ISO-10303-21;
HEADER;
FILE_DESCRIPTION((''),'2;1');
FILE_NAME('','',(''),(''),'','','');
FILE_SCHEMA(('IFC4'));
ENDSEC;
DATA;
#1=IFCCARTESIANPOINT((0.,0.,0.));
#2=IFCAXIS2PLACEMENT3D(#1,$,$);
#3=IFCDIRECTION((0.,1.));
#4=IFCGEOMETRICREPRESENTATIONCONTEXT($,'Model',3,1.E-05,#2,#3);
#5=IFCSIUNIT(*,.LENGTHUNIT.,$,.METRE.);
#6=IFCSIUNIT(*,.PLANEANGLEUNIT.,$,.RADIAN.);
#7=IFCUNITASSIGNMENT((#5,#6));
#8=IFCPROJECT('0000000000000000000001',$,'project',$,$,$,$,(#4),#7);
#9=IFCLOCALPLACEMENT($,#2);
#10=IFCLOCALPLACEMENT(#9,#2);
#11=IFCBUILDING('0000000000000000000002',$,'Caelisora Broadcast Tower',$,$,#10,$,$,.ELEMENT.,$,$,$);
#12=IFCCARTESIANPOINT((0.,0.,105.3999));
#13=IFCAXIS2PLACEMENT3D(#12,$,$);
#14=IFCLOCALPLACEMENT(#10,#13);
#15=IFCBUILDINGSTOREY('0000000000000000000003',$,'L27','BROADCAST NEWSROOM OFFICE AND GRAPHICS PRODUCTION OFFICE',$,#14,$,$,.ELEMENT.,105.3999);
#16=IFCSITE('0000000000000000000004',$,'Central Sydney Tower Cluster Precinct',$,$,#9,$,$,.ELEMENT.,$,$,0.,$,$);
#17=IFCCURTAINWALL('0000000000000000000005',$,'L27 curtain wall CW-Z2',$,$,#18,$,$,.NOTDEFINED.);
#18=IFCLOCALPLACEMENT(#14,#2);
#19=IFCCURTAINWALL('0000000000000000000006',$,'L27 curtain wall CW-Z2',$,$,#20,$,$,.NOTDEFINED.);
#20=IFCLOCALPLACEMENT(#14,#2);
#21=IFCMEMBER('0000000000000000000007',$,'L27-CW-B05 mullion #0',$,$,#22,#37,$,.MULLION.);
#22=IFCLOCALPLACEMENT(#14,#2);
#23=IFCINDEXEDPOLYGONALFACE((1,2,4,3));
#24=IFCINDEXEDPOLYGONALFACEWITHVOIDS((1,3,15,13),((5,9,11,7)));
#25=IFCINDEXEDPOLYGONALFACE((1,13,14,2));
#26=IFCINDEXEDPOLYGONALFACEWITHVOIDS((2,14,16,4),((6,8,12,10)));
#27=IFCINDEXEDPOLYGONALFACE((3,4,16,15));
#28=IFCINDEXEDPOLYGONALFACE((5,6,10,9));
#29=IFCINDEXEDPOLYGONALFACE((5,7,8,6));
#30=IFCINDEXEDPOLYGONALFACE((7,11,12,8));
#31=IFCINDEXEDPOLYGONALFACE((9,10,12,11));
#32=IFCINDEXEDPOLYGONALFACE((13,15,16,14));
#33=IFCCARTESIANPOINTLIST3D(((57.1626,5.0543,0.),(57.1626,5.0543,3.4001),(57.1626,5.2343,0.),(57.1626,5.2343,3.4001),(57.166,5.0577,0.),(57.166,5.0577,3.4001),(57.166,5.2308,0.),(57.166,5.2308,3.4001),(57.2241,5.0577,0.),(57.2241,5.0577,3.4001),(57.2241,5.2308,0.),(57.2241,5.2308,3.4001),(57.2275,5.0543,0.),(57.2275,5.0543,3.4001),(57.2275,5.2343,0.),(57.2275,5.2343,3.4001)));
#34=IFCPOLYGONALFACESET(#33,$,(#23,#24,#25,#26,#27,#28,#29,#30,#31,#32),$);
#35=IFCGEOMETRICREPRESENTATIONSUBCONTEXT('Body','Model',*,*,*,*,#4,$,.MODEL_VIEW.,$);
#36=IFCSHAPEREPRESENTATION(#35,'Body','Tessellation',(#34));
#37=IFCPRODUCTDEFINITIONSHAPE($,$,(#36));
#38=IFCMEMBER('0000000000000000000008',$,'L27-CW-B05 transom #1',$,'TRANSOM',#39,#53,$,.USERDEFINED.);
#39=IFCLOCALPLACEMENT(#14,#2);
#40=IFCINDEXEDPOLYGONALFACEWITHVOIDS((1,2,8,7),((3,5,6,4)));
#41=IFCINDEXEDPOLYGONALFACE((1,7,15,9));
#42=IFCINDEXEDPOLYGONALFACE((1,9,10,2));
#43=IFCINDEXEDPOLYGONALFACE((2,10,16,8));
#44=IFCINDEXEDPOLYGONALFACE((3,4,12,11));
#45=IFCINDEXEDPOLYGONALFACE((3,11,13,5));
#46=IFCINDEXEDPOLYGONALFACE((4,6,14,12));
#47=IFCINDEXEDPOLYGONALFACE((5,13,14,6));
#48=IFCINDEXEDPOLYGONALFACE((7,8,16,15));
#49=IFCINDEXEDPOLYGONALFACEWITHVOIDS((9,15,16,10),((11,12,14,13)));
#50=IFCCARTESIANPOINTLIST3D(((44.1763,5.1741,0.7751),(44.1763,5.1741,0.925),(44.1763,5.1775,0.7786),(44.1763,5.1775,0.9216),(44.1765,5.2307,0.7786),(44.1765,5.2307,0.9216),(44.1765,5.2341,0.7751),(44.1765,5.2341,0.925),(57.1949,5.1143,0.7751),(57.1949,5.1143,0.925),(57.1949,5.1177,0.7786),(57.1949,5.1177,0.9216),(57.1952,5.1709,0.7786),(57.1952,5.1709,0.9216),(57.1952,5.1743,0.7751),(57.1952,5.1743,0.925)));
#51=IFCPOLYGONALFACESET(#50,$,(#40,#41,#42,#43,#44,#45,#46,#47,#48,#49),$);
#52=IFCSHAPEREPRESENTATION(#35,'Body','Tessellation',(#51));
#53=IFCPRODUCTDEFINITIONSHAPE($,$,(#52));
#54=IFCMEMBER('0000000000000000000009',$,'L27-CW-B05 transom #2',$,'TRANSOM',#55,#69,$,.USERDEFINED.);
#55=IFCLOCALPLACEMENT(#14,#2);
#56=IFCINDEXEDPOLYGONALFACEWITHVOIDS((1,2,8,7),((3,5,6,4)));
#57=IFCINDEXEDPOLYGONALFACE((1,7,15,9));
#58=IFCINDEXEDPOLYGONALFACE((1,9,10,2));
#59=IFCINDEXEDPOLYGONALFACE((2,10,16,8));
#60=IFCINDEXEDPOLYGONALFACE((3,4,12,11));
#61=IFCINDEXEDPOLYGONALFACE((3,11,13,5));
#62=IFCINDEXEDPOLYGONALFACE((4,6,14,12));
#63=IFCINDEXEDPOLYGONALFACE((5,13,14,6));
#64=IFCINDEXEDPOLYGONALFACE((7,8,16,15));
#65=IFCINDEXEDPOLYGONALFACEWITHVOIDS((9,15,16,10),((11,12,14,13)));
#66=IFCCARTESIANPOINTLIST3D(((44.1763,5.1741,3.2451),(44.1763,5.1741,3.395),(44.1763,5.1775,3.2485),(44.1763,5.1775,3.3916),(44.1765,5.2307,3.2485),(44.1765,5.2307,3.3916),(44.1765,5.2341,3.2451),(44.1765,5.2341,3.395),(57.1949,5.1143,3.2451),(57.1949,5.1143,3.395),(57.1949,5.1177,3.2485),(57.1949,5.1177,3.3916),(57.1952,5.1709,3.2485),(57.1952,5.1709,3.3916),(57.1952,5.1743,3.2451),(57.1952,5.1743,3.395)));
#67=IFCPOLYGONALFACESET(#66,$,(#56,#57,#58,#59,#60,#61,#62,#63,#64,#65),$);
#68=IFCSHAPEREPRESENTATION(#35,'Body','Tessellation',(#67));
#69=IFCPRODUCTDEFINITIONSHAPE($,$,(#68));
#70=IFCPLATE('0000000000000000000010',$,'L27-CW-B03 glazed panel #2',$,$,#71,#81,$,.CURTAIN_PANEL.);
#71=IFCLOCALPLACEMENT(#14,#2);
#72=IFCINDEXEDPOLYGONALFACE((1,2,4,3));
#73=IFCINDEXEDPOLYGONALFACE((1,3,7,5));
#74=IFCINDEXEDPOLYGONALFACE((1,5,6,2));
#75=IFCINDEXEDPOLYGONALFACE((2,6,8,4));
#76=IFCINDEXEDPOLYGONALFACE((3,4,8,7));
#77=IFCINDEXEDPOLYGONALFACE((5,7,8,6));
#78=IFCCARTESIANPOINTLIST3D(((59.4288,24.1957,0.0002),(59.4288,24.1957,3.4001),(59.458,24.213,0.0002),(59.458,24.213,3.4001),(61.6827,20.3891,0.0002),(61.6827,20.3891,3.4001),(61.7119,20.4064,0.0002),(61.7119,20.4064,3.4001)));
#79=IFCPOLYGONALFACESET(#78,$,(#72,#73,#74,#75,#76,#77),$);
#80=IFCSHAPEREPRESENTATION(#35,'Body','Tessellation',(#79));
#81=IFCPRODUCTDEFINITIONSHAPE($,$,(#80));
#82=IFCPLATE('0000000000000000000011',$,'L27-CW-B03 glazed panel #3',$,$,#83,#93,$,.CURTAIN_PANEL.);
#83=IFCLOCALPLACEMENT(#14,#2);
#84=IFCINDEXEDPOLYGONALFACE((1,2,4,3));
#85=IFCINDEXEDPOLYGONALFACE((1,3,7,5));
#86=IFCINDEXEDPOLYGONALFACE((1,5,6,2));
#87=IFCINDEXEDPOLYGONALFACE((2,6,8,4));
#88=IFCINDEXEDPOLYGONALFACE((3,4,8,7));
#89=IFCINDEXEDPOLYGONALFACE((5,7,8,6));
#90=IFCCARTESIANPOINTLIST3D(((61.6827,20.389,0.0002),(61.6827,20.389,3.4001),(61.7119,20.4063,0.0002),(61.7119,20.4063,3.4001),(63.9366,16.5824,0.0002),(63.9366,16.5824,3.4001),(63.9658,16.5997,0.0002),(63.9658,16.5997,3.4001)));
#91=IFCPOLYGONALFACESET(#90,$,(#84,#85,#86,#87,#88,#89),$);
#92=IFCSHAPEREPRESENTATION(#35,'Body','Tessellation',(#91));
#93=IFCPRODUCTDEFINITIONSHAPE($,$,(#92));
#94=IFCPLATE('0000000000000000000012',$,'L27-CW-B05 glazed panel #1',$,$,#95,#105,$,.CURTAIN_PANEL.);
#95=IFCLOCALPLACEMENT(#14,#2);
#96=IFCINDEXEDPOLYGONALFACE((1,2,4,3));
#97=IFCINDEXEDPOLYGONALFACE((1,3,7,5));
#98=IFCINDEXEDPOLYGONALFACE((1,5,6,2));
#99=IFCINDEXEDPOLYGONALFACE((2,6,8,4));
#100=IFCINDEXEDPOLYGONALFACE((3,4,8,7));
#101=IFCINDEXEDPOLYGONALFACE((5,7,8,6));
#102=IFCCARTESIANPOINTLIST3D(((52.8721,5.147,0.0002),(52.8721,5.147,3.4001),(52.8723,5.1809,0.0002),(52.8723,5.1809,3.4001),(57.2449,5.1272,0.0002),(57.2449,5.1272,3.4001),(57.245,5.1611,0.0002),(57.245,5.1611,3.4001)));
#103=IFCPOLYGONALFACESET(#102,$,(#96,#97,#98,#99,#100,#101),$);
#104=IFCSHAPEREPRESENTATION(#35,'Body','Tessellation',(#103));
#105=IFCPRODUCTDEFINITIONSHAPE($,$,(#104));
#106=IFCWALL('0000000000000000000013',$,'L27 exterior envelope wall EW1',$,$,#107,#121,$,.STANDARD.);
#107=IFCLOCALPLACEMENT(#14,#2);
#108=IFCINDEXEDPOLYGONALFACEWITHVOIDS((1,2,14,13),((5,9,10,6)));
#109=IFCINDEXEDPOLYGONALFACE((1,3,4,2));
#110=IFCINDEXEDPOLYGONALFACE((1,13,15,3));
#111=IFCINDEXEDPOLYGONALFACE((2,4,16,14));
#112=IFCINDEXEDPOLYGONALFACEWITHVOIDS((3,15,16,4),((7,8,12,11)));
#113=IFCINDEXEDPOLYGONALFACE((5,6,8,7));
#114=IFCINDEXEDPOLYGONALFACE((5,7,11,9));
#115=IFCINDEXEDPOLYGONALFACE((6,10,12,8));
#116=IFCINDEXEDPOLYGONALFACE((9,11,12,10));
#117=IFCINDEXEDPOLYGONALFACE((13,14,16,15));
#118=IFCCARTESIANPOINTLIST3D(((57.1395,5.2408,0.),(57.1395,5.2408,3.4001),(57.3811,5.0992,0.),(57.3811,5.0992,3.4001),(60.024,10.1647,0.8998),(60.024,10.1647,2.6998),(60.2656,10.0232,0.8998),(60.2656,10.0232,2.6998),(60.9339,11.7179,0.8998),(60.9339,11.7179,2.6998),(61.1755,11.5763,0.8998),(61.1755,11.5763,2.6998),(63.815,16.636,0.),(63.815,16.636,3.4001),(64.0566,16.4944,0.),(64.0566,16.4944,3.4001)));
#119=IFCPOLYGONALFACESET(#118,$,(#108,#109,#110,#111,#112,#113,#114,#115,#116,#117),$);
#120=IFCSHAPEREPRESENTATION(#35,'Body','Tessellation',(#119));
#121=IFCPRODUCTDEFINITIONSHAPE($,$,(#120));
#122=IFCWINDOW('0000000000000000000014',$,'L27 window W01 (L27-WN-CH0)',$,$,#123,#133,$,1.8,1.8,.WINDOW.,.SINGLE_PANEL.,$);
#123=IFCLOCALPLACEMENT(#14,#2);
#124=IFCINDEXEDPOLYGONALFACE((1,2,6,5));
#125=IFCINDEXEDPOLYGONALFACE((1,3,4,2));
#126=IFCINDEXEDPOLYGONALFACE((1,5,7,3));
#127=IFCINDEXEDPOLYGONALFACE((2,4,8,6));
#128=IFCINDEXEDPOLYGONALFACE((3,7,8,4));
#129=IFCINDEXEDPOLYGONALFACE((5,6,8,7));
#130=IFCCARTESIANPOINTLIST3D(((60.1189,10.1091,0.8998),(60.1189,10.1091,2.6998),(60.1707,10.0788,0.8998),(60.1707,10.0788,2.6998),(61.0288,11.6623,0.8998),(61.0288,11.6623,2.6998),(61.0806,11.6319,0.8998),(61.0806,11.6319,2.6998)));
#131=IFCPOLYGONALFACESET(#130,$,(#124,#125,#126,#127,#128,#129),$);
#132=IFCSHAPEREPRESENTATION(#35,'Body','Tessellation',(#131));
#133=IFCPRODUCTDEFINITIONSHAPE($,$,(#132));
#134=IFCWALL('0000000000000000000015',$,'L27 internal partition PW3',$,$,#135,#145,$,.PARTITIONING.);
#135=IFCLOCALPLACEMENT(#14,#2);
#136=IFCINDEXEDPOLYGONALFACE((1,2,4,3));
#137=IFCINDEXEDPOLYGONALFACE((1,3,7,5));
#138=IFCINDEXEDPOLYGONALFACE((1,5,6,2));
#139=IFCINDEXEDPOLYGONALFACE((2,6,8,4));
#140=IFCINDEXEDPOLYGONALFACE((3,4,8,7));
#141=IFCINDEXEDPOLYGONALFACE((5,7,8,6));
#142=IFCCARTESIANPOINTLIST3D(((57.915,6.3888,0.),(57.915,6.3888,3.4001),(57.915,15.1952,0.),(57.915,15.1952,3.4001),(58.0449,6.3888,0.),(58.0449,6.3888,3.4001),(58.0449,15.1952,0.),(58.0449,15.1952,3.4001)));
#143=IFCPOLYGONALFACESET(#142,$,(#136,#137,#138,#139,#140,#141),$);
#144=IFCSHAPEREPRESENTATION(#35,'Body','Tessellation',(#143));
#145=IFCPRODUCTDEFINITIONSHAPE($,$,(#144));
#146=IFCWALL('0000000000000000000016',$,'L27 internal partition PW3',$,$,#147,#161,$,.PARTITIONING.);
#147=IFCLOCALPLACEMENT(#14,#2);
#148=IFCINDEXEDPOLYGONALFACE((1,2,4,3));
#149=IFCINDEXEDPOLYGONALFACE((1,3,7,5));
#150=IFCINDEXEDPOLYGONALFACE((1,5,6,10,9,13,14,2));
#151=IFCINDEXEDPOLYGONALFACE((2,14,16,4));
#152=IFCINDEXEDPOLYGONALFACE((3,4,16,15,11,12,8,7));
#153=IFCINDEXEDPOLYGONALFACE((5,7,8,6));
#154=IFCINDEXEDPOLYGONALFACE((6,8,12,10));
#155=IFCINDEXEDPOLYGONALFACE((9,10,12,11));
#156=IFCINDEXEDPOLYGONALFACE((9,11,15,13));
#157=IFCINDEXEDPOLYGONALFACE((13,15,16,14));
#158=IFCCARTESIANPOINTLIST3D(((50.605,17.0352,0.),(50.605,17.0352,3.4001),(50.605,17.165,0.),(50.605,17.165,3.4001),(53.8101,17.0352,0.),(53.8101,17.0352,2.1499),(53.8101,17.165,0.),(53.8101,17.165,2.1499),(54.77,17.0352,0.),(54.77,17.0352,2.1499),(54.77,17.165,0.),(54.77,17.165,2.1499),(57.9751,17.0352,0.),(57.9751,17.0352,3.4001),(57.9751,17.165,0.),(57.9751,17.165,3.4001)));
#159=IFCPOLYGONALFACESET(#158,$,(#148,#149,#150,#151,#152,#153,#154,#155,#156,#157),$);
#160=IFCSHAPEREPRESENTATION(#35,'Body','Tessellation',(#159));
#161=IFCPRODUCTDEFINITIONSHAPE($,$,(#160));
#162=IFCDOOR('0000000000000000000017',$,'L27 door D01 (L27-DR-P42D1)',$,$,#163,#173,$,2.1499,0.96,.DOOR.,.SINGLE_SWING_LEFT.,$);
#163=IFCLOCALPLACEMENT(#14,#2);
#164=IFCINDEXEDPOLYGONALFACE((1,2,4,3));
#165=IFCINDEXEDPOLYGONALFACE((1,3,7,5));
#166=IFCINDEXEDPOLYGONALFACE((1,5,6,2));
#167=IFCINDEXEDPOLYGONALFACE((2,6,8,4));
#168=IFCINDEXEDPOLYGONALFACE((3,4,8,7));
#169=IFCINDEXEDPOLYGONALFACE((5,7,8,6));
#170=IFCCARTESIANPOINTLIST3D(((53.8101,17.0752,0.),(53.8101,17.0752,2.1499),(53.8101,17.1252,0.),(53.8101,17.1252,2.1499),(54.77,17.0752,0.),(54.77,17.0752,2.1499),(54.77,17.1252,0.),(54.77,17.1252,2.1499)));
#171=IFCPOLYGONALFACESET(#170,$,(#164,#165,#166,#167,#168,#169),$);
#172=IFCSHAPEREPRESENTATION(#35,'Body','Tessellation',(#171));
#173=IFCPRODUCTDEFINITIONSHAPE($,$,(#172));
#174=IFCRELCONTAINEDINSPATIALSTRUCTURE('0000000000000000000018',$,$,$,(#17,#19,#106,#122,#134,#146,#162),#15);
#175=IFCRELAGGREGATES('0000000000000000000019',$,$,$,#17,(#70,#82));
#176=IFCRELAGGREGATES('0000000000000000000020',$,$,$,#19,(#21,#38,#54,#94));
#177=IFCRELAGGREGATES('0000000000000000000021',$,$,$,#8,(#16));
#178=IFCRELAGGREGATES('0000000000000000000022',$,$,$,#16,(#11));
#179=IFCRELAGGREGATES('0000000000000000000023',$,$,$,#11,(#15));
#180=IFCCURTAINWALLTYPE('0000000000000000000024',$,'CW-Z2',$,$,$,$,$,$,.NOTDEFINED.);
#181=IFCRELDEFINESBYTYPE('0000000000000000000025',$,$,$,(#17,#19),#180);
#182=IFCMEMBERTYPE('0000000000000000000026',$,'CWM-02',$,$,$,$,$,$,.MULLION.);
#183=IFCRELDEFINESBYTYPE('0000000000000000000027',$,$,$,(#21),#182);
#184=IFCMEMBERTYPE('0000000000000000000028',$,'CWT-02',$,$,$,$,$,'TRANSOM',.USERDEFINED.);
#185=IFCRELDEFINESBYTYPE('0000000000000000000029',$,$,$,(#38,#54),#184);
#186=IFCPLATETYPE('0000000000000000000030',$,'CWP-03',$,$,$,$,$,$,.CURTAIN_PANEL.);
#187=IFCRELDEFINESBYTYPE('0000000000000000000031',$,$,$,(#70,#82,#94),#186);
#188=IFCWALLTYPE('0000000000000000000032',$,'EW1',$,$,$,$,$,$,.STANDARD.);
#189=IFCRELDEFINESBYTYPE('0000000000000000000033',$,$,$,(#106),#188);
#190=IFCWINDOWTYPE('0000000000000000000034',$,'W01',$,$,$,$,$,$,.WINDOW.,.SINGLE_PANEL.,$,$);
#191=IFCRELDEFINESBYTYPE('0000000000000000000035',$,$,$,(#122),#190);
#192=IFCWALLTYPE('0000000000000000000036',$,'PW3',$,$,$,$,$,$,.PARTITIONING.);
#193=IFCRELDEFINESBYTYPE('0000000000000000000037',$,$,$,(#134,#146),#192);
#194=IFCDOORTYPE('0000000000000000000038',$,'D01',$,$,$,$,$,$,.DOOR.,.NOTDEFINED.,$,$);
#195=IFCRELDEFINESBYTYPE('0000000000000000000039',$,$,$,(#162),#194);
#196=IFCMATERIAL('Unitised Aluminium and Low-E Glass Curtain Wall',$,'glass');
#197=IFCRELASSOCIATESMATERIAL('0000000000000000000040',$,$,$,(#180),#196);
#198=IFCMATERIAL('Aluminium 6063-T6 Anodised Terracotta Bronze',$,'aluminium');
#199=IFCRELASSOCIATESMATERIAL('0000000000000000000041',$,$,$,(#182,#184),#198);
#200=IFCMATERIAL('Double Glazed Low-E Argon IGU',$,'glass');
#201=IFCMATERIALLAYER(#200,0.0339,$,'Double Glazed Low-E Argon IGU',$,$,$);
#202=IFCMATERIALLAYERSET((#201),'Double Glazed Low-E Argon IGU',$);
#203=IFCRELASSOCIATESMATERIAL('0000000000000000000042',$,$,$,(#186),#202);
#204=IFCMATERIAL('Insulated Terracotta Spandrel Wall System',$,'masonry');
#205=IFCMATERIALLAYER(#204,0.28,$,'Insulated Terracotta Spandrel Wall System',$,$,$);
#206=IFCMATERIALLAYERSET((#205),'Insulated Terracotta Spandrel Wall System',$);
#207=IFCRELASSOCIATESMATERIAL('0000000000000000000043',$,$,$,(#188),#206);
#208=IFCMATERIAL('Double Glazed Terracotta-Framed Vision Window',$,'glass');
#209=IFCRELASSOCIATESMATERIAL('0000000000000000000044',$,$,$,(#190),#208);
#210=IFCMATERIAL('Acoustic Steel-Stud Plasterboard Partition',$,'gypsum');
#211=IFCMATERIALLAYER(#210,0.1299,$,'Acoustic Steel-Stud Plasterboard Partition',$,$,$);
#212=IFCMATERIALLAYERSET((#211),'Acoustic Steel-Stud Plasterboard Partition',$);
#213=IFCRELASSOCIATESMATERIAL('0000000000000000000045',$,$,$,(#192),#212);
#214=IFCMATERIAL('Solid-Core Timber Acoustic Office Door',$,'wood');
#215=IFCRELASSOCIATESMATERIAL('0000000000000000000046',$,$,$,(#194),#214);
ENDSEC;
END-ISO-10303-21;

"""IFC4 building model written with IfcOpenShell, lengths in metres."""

from ifc_helpers import new_model, si_unit, direction, frame, frame_2d, origin, origin_2d, place, context, subcontext, project, spatial, rectangle, hollow_rectangle, extrude, source, transform, mapped, material, layer, layer_set, material_profile, profile_set, type_object, type_shapes, element, fill, aggregate, save


model = new_model("IFC4")

# Units and contexts
model_context = context("Model", 3, precision=1e-05, world=origin(), true_north=direction((0.0, 1.0)))
body_context = subcontext(model_context, "Body", "Model", "MODEL_VIEW")
ifc_project = project(units=[si_unit("LENGTHUNIT", "METRE"), si_unit("PLANEANGLEUNIT", "RADIAN")], contexts=[model_context])

# Site, building, storey
site_placement = place(None, origin())
site = spatial("IfcSite", under=ifc_project, at=site_placement, Name="Central Sydney Tower Cluster Precinct", CompositionType="ELEMENT", RefElevation=0.0)
building_placement = place(site_placement, origin())
building = spatial("IfcBuilding", under=site, at=building_placement, Name="Caelisora Broadcast Tower", CompositionType="ELEMENT")
storey_placement = place(building_placement, frame((0.0, 0.0, 105.3999)))
storey = spatial("IfcBuildingStorey", under=building, at=storey_placement, Name="L27", Description="BROADCAST NEWSROOM OFFICE AND GRAPHICS PRODUCTION OFFICE", CompositionType="ELEMENT", Elevation=105.3999)

# Curtain walls, members
ifc_material_1 = material(Name="Unitised Aluminium and Low-E Glass Curtain Wall", Category="glass")
curtain_wall_type = type_object("IfcCurtainWallType", Name="CW-Z2", PredefinedType="NOTDEFINED", material=ifc_material_1)
curtain_wall_1_placement = place(storey_placement, origin())
curtain_wall_1 = element("IfcCurtainWall", 1, at=curtain_wall_1_placement, inside=storey, type_object=curtain_wall_type, Name="L27 curtain wall CW-Z2", PredefinedType="NOTDEFINED")
ifc_material_2 = material(Name="Aluminium 6063-T6 Anodised Terracotta Bronze", Category="aluminium")
ifc_material_profile_1 = material_profile(ifc_material_2, hollow_rectangle(XDim=0.0649, YDim=0.1799, WallThickness=0.0034, at=origin_2d()), Name="Aluminium 6063-T6 Anodised Terracotta Bronze")
ifc_profile_set_1 = profile_set([ifc_material_profile_1], Name="Aluminium 6063-T6 Anodised Terracotta Bronze")
member_type_1 = type_object("IfcMemberType", Name="CWM-02", PredefinedType="MULLION", material=ifc_profile_set_1)
shared_shape_1 = source(origin(), body_context, "Body", "SweptSolid", [
    extrude(hollow_rectangle(XDim=0.0649, YDim=0.1799, WallThickness=0.0034, at=origin_2d()), origin(), (0.0, 0.0, 1.0), 3.4001),
])
type_shapes(member_type_1, [shared_shape_1])
curtain_wall_2_placement = place(storey_placement, origin())
curtain_wall_2 = element("IfcCurtainWall", 2, at=curtain_wall_2_placement, inside=storey, type_object=curtain_wall_type, Name="L27 curtain wall CW-Z2", PredefinedType="NOTDEFINED")
member_1_placement = place(storey_placement, frame((57.1951, 5.1443, 0.0), z_axis=(0.0, 0.0, 1.0), x_axis=(1.0, 0.0, 0.0)))
member_1 = element("IfcMember", 3, at=member_1_placement, type_object=member_type_1, Name="L27-CW-B05 mullion #0", PredefinedType="MULLION", context=body_context, shape_type="MappedRepresentation", body=[
    mapped(shared_shape_1, transform((0.0, 0.0, 0.0), scale=1.0)),
])
ifc_material_profile_2 = material_profile(ifc_material_2, hollow_rectangle(XDim=0.0601, YDim=0.1499, WallThickness=0.0034, at=origin_2d()), Name="Aluminium 6063-T6 Anodised Terracotta Bronze")
ifc_profile_set_2 = profile_set([ifc_material_profile_2], Name="Aluminium 6063-T6 Anodised Terracotta Bronze")
member_type_2 = type_object("IfcMemberType", Name="CWT-02", ElementType="TRANSOM", PredefinedType="USERDEFINED", material=ifc_profile_set_2)
shared_shape_2 = source(origin(), body_context, "Body", "SweptSolid", [
    extrude(hollow_rectangle(XDim=0.0601, YDim=0.1499, WallThickness=0.0034, at=origin_2d()), origin(), (0.0, 0.0, 1.0), 13.0188),
])
type_shapes(member_type_2, [shared_shape_2])
member_2_placement = place(storey_placement, frame((57.1951, 5.1443, 0.8501), z_axis=(-0.999989, 0.004595, 0.0), x_axis=(-0.004595, -0.999989, 0.0)))
member_2 = element("IfcMember", 4, at=member_2_placement, type_object=member_type_2, Name="L27-CW-B05 transom #1", ObjectType="TRANSOM", PredefinedType="USERDEFINED", context=body_context, shape_type="MappedRepresentation", body=[
    mapped(shared_shape_2, transform((0.0, 0.0, 0.0), scale=1.0)),
])
member_3_placement = place(storey_placement, frame((57.1951, 5.1443, 3.3201), z_axis=(-0.999989, 0.004595, 0.0), x_axis=(-0.004595, -0.999989, 0.0)))
member_3 = element("IfcMember", 5, at=member_3_placement, type_object=member_type_2, Name="L27-CW-B05 transom #2", ObjectType="TRANSOM", PredefinedType="USERDEFINED", context=body_context, shape_type="MappedRepresentation", body=[
    mapped(shared_shape_2, transform((0.0, 0.0, 0.0), scale=1.0)),
])

# Plates
ifc_material_3 = material(Name="Double Glazed Low-E Argon IGU", Category="glass")
ifc_layer_1 = layer(ifc_material_3, 0.0339, Name="Double Glazed Low-E Argon IGU")
ifc_layer_set_1 = layer_set([ifc_layer_1], Name="Double Glazed Low-E Argon IGU")
plate_type = type_object("IfcPlateType", Name="CWP-03", PredefinedType="CURTAIN_PANEL", material=ifc_layer_set_1)
shared_shape_3 = source(origin(), body_context, "Body", "SweptSolid", [
    extrude(rectangle(XDim=4.4238, YDim=0.0339, at=origin_2d()), origin(), (0.0, 0.0, 1.0), 3.3999),
])
plate_1_placement = place(storey_placement, frame((60.5703, 22.301, 0.0002), z_axis=(0.0, 0.0, 1.0), x_axis=(0.509492, -0.860475, 0.0)))
plate_1 = element("IfcPlate", 6, at=plate_1_placement, type_object=plate_type, Name="L27-CW-B03 glazed panel #2", PredefinedType="CURTAIN_PANEL", context=body_context, shape_type="MappedRepresentation", body=[
    mapped(shared_shape_3, transform((0.0, 0.0, 0.0), scale=1.0)),
])
plate_2_placement = place(storey_placement, frame((62.8242, 18.4944, 0.0002), z_axis=(0.0, 0.0, 1.0), x_axis=(0.509492, -0.860475, 0.0)))
plate_2 = element("IfcPlate", 7, at=plate_2_placement, type_object=plate_type, Name="L27-CW-B03 glazed panel #3", PredefinedType="CURTAIN_PANEL", context=body_context, shape_type="MappedRepresentation", body=[
    mapped(shared_shape_3, transform((0.0, 0.0, 0.0), scale=1.0)),
])
aggregate(curtain_wall_1, [plate_1, plate_2])
shared_shape_4 = source(origin(), body_context, "Body", "SweptSolid", [
    extrude(rectangle(XDim=4.3728, YDim=0.0339, at=origin_2d()), origin(), (0.0, 0.0, 1.0), 3.3999),
])
type_shapes(plate_type, [shared_shape_3, shared_shape_4])
plate_3_placement = place(storey_placement, frame((55.0586, 5.1541, 0.0002), z_axis=(0.0, 0.0, 1.0), x_axis=(-0.99999, 0.004538, 0.0)))
plate_3 = element("IfcPlate", 8, at=plate_3_placement, type_object=plate_type, Name="L27-CW-B05 glazed panel #1", PredefinedType="CURTAIN_PANEL", context=body_context, shape_type="MappedRepresentation", body=[
    mapped(shared_shape_4, transform((0.0, 0.0, 0.0), scale=1.0)),
])
aggregate(curtain_wall_2, [member_1, member_2, member_3, plate_3])

# Wall, opening, window
ifc_material_4 = material(Name="Insulated Terracotta Spandrel Wall System", Category="masonry")
ifc_layer_2 = layer(ifc_material_4, 0.28, Name="Insulated Terracotta Spandrel Wall System")
ifc_layer_set_2 = layer_set([ifc_layer_2], Name="Insulated Terracotta Spandrel Wall System")
wall_type_1 = type_object("IfcWallType", Name="EW1", PredefinedType="STANDARD", material=ifc_layer_set_2)
wall_1_placement = place(storey_placement, frame((63.9358, 16.5652, 0.0), z_axis=(0.0, 0.0, 1.0), x_axis=(-0.505469, -0.862845, 0.0)))
wall_1 = element("IfcWall", 9, at=wall_1_placement, inside=storey, type_object=wall_type_1, Name="L27 exterior envelope wall EW1", PredefinedType="STANDARD", context=body_context, shape_type="SweptSolid", body=[
    extrude(rectangle(XDim=13.2065, YDim=0.28, at=frame_2d((6.6033, 0.0))), origin(), (0.0, 0.0, 1.0), 3.4001),
])
opening_1_placement = place(wall_1_placement, frame((5.7, 0.0, 0.8999)))
opening_1 = element("IfcOpeningElement", 10, at=opening_1_placement, cuts=wall_1, PredefinedType="OPENING", context=body_context, shape_type="SweptSolid", body=[
    extrude(rectangle(XDim=1.8, YDim=1.8, at=frame_2d((0.8999, 0.8999))), frame((0.0, 0.1521, 0.0), z_axis=(0.0, -1.0, 0.0), x_axis=(1.0, 0.0, 0.0)), (0.0, 0.0, 1.0), 0.304),
])
ifc_material_5 = material(Name="Double Glazed Terracotta-Framed Vision Window", Category="glass")
window_type = type_object("IfcWindowType", Name="W01", PartitioningType="SINGLE_PANEL", PredefinedType="WINDOW", material=ifc_material_5)
window_placement = place(opening_1_placement, origin())
window = element("IfcWindow", 11, at=window_placement, inside=storey, type_object=window_type, Name="L27 window W01 (L27-WN-CH0)", OverallHeight=1.8, OverallWidth=1.8, PartitioningType="SINGLE_PANEL", PredefinedType="WINDOW", context=body_context, shape_type="SweptSolid", body=[
    extrude(rectangle(XDim=1.8, YDim=1.8, at=frame_2d((0.8999, 0.8999))), frame((0.0, 0.03, 0.0), z_axis=(0.0, -1.0, 0.0), x_axis=(1.0, 0.0, 0.0)), (0.0, 0.0, 1.0), 0.0601),
])
fill(opening_1, window)

# Wall
ifc_material_6 = material(Name="Acoustic Steel-Stud Plasterboard Partition", Category="gypsum")
ifc_layer_3 = layer(ifc_material_6, 0.1299, Name="Acoustic Steel-Stud Plasterboard Partition")
ifc_layer_set_3 = layer_set([ifc_layer_3], Name="Acoustic Steel-Stud Plasterboard Partition")
wall_type_2 = type_object("IfcWallType", Name="PW3", PredefinedType="PARTITIONING", material=ifc_layer_set_3)
wall_2_placement = place(storey_placement, frame((57.98, 6.3887, 0.0), z_axis=(0.0, 0.0, 1.0), x_axis=(0.0, 1.0, 0.0)))
element("IfcWall", 12, at=wall_2_placement, inside=storey, type_object=wall_type_2, Name="L27 internal partition PW3", PredefinedType="PARTITIONING", context=body_context, shape_type="SweptSolid", body=[
    extrude(rectangle(XDim=8.8064, YDim=0.1299, at=frame_2d((4.4033, 0.0))), origin(), (0.0, 0.0, 1.0), 3.4001),
])

# Wall, opening, door
wall_3_placement = place(storey_placement, frame((57.9751, 17.1001, 0.0), z_axis=(0.0, 0.0, 1.0), x_axis=(-1.0, 0.0, 0.0)))
wall_3 = element("IfcWall", 13, at=wall_3_placement, inside=storey, type_object=wall_type_2, Name="L27 internal partition PW3", PredefinedType="PARTITIONING", context=body_context, shape_type="SweptSolid", body=[
    extrude(rectangle(XDim=7.3701, YDim=0.1299, at=frame_2d((3.6851, 0.0))), origin(), (0.0, 0.0, 1.0), 3.4001),
])
opening_2_placement = place(wall_3_placement, frame((3.2051, 0.0, 0.0)))
opening_2 = element("IfcOpeningElement", 14, at=opening_2_placement, cuts=wall_3, PredefinedType="OPENING", context=body_context, shape_type="SweptSolid", body=[
    extrude(rectangle(XDim=0.96, YDim=2.1499, at=frame_2d((0.48, 1.075))), frame((0.0, 0.0769, 0.0), z_axis=(0.0, -1.0, 0.0), x_axis=(1.0, 0.0, 0.0)), (0.0, 0.0, 1.0), 0.1538),
])
ifc_material_7 = material(Name="Solid-Core Timber Acoustic Office Door", Category="wood")
door_type = type_object("IfcDoorType", Name="D01", OperationType="NOTDEFINED", PredefinedType="DOOR", material=ifc_material_7)
door_1_placement = place(opening_2_placement, origin())
door_1 = element("IfcDoor", 15, at=door_1_placement, inside=storey, type_object=door_type, Name="L27 door D01 (L27-DR-P42D1)", OperationType="SINGLE_SWING_LEFT", OverallHeight=2.1499, OverallWidth=0.96, PredefinedType="DOOR", context=body_context, shape_type="SweptSolid", body=[
    extrude(rectangle(XDim=0.96, YDim=2.1499, at=frame_2d((0.48, 1.075))), frame((0.0, 0.0249, 0.0), z_axis=(0.0, -1.0, 0.0), x_axis=(1.0, 0.0, 0.0)), (0.0, 0.0, 1.0), 0.05),
])
fill(opening_2, door_1)

save(model, "model.ifc")
